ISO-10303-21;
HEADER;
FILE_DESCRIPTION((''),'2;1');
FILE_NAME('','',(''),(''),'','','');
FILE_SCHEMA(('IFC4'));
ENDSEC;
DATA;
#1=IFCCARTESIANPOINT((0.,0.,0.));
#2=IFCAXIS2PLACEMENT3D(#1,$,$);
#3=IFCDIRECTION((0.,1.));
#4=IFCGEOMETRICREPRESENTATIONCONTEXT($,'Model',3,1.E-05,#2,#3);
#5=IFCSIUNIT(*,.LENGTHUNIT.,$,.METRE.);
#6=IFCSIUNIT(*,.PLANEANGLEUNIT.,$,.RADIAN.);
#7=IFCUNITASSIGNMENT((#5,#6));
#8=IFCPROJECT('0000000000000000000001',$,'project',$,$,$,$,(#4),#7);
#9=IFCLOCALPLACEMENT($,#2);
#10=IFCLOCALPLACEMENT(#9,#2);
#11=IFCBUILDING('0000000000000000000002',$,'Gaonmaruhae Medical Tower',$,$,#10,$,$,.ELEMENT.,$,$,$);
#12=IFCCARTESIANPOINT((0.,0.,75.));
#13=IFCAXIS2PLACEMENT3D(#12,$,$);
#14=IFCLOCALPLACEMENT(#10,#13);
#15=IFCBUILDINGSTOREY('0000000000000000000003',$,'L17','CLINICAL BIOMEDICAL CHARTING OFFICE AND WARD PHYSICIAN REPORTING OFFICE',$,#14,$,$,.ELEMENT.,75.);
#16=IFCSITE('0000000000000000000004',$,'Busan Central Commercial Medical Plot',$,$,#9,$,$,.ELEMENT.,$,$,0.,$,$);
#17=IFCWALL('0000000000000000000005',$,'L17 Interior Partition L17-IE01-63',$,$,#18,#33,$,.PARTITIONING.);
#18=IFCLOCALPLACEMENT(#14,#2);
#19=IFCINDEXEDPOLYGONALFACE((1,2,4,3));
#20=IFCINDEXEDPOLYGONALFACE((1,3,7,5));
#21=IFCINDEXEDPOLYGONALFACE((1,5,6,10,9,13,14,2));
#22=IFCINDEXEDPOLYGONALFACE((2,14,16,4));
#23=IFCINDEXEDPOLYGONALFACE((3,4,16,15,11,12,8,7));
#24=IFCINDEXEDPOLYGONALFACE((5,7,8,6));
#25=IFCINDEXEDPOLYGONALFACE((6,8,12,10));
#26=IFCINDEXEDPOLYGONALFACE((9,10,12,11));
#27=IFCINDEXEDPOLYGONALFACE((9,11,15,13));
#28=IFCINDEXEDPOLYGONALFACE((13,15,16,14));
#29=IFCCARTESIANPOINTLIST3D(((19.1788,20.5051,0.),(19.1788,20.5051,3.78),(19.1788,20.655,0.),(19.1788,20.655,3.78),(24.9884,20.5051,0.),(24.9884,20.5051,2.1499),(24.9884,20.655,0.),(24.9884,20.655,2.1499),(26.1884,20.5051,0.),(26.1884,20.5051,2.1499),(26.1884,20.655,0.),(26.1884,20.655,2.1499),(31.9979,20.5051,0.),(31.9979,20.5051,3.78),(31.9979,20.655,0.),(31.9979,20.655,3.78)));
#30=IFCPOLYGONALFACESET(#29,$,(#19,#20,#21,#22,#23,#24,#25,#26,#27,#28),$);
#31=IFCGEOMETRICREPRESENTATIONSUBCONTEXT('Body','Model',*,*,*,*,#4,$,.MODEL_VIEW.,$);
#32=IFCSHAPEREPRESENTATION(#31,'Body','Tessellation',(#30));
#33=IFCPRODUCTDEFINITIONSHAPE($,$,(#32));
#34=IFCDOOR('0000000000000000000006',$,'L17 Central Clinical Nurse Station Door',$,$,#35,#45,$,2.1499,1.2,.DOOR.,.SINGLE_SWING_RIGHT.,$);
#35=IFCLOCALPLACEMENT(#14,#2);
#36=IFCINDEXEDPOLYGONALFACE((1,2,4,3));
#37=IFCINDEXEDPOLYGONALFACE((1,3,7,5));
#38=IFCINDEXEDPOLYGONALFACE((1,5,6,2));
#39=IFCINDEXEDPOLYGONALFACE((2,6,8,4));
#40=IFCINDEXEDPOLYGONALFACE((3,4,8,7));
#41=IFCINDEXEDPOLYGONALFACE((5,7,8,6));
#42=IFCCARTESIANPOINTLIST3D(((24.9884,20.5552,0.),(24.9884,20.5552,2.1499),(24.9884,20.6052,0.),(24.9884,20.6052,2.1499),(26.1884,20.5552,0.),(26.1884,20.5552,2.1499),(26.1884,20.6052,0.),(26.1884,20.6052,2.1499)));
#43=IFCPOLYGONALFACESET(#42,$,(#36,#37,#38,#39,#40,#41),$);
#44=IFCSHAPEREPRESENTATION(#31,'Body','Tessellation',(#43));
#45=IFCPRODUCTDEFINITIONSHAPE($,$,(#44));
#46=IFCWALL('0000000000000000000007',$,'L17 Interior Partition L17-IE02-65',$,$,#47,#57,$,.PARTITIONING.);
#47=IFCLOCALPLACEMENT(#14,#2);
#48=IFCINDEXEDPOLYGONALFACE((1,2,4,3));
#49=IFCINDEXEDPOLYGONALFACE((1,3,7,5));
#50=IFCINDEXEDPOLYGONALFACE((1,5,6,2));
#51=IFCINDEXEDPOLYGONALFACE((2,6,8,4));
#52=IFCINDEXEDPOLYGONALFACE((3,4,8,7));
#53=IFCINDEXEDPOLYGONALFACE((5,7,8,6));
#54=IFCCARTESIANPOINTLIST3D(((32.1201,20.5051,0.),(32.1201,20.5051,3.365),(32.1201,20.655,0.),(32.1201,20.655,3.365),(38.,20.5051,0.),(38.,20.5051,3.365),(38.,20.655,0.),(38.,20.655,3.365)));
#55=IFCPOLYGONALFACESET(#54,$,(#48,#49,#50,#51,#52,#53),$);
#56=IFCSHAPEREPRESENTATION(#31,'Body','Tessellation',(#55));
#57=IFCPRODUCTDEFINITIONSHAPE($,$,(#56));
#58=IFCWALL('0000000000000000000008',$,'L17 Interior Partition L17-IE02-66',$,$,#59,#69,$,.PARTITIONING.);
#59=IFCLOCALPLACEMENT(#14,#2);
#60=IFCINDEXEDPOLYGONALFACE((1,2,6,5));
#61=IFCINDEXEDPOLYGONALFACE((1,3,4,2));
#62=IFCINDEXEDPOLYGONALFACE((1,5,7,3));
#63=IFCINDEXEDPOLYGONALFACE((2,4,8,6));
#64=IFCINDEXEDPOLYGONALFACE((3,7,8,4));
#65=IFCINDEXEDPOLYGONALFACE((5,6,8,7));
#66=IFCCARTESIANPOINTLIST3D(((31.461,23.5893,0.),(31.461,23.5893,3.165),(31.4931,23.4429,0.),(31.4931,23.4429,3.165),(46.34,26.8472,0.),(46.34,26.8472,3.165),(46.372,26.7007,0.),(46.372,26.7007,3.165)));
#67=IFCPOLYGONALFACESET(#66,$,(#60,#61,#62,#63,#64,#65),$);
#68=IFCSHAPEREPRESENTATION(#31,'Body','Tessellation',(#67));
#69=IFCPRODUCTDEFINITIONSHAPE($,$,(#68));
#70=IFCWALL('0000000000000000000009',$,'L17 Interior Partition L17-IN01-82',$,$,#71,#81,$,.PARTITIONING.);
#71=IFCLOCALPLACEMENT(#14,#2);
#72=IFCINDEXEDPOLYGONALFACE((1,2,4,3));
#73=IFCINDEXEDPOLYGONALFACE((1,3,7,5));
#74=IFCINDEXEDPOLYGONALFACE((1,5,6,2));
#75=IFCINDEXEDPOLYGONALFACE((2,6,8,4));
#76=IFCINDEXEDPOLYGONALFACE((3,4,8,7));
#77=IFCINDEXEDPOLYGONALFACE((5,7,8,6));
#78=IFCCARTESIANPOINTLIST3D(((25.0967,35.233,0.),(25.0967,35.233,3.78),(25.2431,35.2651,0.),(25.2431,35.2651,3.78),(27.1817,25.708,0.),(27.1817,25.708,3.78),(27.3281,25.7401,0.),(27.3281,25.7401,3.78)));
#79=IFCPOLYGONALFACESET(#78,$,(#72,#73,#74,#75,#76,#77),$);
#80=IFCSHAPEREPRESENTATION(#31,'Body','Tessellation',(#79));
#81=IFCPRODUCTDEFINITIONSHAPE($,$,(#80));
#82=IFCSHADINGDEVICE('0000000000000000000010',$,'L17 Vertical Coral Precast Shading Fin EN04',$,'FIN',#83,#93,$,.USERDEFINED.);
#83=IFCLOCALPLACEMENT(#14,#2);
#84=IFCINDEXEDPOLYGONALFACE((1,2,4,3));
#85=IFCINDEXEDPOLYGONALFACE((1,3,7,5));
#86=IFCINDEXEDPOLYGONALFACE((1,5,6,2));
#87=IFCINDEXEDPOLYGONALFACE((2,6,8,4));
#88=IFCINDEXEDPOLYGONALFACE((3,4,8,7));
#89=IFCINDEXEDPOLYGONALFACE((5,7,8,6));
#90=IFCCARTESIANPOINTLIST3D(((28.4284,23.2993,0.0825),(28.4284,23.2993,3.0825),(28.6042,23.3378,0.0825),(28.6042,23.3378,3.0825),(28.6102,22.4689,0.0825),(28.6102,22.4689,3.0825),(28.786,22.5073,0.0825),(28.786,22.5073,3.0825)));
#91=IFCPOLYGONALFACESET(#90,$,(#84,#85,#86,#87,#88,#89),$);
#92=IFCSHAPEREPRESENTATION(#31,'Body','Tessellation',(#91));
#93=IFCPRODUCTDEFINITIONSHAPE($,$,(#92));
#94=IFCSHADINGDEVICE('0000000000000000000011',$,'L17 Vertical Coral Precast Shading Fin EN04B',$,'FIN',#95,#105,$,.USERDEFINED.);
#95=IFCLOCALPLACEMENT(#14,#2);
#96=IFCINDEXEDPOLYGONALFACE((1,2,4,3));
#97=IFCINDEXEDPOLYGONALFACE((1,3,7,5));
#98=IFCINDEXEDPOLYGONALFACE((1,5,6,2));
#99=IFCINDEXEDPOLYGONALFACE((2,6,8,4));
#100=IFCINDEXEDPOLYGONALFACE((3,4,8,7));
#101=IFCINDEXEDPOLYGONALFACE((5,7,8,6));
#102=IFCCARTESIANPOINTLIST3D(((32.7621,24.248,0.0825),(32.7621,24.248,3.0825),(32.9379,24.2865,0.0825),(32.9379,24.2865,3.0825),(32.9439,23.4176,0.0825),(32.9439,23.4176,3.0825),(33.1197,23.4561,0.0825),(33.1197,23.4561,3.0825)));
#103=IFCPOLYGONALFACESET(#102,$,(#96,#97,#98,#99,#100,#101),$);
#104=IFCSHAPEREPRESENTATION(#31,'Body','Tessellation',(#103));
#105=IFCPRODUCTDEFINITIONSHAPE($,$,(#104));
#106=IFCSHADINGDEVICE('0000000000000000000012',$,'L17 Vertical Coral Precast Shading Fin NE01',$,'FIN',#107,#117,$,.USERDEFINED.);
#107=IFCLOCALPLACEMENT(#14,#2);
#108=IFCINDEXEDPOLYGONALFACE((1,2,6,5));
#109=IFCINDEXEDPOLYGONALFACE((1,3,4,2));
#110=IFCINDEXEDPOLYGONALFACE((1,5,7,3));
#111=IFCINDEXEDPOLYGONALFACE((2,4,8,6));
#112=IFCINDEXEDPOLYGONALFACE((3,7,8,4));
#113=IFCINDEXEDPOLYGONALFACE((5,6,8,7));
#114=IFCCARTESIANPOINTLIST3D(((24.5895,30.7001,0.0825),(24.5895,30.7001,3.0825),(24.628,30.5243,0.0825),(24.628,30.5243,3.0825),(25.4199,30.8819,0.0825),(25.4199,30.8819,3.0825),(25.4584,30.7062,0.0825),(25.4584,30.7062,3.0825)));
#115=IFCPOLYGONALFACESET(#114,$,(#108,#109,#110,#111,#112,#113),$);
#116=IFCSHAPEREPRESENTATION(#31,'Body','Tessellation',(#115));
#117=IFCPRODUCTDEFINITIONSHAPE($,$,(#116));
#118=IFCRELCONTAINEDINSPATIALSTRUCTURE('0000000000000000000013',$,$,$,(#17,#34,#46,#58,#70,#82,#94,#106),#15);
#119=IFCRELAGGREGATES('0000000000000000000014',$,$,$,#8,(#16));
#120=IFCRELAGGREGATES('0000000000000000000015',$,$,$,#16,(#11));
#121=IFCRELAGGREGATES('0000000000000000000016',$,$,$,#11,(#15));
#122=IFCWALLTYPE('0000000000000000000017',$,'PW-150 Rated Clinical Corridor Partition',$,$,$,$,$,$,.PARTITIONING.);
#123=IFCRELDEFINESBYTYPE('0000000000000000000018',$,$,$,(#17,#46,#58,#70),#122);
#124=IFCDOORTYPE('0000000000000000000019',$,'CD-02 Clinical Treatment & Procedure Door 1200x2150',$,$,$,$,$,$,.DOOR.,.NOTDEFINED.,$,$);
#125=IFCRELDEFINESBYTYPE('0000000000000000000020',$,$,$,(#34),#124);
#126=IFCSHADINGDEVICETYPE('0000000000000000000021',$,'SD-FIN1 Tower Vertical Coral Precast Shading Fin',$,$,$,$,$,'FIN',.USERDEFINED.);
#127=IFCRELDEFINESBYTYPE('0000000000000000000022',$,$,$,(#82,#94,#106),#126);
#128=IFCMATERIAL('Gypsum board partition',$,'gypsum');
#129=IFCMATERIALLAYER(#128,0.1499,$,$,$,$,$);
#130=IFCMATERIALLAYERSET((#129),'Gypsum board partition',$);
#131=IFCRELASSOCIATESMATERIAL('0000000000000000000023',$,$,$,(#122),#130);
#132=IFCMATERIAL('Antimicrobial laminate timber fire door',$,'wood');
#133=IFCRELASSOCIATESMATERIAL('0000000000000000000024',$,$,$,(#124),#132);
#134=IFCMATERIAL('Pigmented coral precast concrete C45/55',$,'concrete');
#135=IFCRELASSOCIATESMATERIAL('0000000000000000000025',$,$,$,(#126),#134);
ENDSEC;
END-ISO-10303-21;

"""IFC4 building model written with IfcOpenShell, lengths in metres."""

from ifc_helpers import new_model, si_unit, direction, frame, frame_2d, origin, origin_2d, place, context, subcontext, project, spatial, rectangle, extrude, material, layer, layer_set, type_object, element, fill, save


model = new_model("IFC4")

# Units and contexts
model_context = context("Model", 3, precision=1e-05, world=origin(), true_north=direction((0.0, 1.0)))
body_context = subcontext(model_context, "Body", "Model", "MODEL_VIEW")
ifc_project = project(units=[si_unit("LENGTHUNIT", "METRE"), si_unit("PLANEANGLEUNIT", "RADIAN")], contexts=[model_context])

# Site, building, storey
site_placement = place(None, origin())
site = spatial("IfcSite", under=ifc_project, at=site_placement, Name="Busan Central Commercial Medical Plot", CompositionType="ELEMENT", RefElevation=0.0)
building_placement = place(site_placement, origin())
building = spatial("IfcBuilding", under=site, at=building_placement, Name="Gaonmaruhae Medical Tower", CompositionType="ELEMENT")
storey_placement = place(building_placement, frame((0.0, 0.0, 75.0)))
storey = spatial("IfcBuildingStorey", under=building, at=storey_placement, Name="L17", Description="CLINICAL BIOMEDICAL CHARTING OFFICE AND WARD PHYSICIAN REPORTING OFFICE", CompositionType="ELEMENT", Elevation=75.0)

# Shared definitions
ifc_material_1 = material(Name="Gypsum board partition", Category="gypsum")
ifc_layer_1 = layer(ifc_material_1, 0.1499)
ifc_layer_set_1 = layer_set([ifc_layer_1], Name="Gypsum board partition")
wall_type_1 = type_object("IfcWallType", Name="PW-150 Rated Clinical Corridor Partition", PredefinedType="PARTITIONING", material=ifc_layer_set_1)

# Wall, opening, door
wall_1_placement = place(storey_placement, frame((31.998, 20.5801, 0.0), z_axis=(0.0, 0.0, 1.0), x_axis=(-1.0, 0.0, 0.0)))
wall_1 = element("IfcWall", 1, at=wall_1_placement, inside=storey, type_object=wall_type_1, Name="L17 Interior Partition L17-IE01-63", PredefinedType="PARTITIONING", context=body_context, shape_type="SweptSolid", body=[
    extrude(rectangle(XDim=12.8191, YDim=0.1499, at=frame_2d((6.4097, 0.0))), origin(), (0.0, 0.0, 1.0), 3.78),
])
opening_1_placement = place(wall_1_placement, frame((5.8096, 0.0, 0.0)))
opening_1 = element("IfcOpeningElement", 2, at=opening_1_placement, cuts=wall_1, PredefinedType="OPENING", context=body_context, shape_type="SweptSolid", body=[
    extrude(rectangle(XDim=1.2, YDim=2.1499, at=frame_2d((0.6001, 1.075))), frame((0.0, 0.085, 0.0), z_axis=(0.0, -1.0, 0.0), x_axis=(1.0, 0.0, 0.0)), (0.0, 0.0, 1.0), 0.1699),
])
ifc_material_2 = material(Name="Antimicrobial laminate timber fire door", Category="wood")
door_type = type_object("IfcDoorType", Name="CD-02 Clinical Treatment & Procedure Door 1200x2150", OperationType="NOTDEFINED", PredefinedType="DOOR", material=ifc_material_2)
door_placement = place(opening_1_placement, origin())
door = element("IfcDoor", 3, at=door_placement, inside=storey, type_object=door_type, Name="L17 Central Clinical Nurse Station Door", OperationType="SINGLE_SWING_RIGHT", OverallHeight=2.1499, OverallWidth=1.2, PredefinedType="DOOR", context=body_context, shape_type="SweptSolid", body=[
    extrude(rectangle(XDim=1.2, YDim=2.1499, at=frame_2d((0.6001, 1.075))), frame((0.0, 0.0249, 0.0), z_axis=(0.0, -1.0, 0.0), x_axis=(1.0, 0.0, 0.0)), (0.0, 0.0, 1.0), 0.05),
])
fill(opening_1, door)

# Walls
wall_2_placement = place(storey_placement, frame((38.0, 20.5801, 0.0), z_axis=(0.0, 0.0, 1.0), x_axis=(-1.0, 0.0, 0.0)))
element("IfcWall", 4, at=wall_2_placement, inside=storey, type_object=wall_type_1, Name="L17 Interior Partition L17-IE02-65", PredefinedType="PARTITIONING", context=body_context, shape_type="SweptSolid", body=[
    extrude(rectangle(XDim=5.8799, YDim=0.1499, at=frame_2d((2.9399, 0.0))), origin(), (0.0, 0.0, 1.0), 3.365),
])
wall_3_placement = place(storey_placement, frame((31.4771, 23.5161, 0.0), z_axis=(0.0, 0.0, 1.0), x_axis=(0.976858, 0.213888, 0.0)))
element("IfcWall", 5, at=wall_3_placement, inside=storey, type_object=wall_type_1, Name="L17 Interior Partition L17-IE02-66", PredefinedType="PARTITIONING", context=body_context, shape_type="SweptSolid", body=[
    extrude(rectangle(XDim=15.2314, YDim=0.1499, at=frame_2d((7.6157, 0.0))), origin(), (0.0, 0.0, 1.0), 3.165),
])
wall_4_placement = place(storey_placement, frame((25.1699, 35.249, 0.0), z_axis=(0.0, 0.0, 1.0), x_axis=(0.213833, -0.97687, 0.0)))
element("IfcWall", 6, at=wall_4_placement, inside=storey, type_object=wall_type_1, Name="L17 Interior Partition L17-IN01-82", PredefinedType="PARTITIONING", context=body_context, shape_type="SweptSolid", body=[
    extrude(rectangle(XDim=9.7505, YDim=0.1499, at=frame_2d((4.8752, 0.0))), origin(), (0.0, 0.0, 1.0), 3.78),
])

# Shading devices
ifc_material_3 = material(Name="Pigmented coral precast concrete C45/55", Category="concrete")
shading_device_type = type_object("IfcShadingDeviceType", Name="SD-FIN1 Tower Vertical Coral Precast Shading Fin", ElementType="FIN", PredefinedType="USERDEFINED", material=ifc_material_3)
for number, where, z_axis, x_axis, name in (
    (7, (28.6072, 22.9033, 0.0825), (0.0, 0.0, 1.0), (0.976859, 0.213883, 0.0), "L17 Vertical Coral Precast Shading Fin EN04"),
    (8, (32.9409, 23.8521, 0.0825), (0.0, 0.0, 1.0), (0.976859, 0.213883, 0.0), "L17 Vertical Coral Precast Shading Fin EN04B"),
    (9, (25.0239, 30.7031, 0.0825), (0.0, 0.0, 1.0), (-0.213883, 0.976859, 0.0), "L17 Vertical Coral Precast Shading Fin NE01"),
):
    element("IfcShadingDevice", number, at=place(storey_placement, frame(where, z_axis=z_axis, x_axis=x_axis)), inside=storey, type_object=shading_device_type, Name=name, ObjectType="FIN", PredefinedType="USERDEFINED", context=body_context, shape_type="SweptSolid", body=[
        extrude(rectangle(XDim=0.1799, YDim=0.8501, at=origin_2d()), origin(), (0.0, 0.0, 1.0), 3.0),
    ])

save(model, "model.ifc")
